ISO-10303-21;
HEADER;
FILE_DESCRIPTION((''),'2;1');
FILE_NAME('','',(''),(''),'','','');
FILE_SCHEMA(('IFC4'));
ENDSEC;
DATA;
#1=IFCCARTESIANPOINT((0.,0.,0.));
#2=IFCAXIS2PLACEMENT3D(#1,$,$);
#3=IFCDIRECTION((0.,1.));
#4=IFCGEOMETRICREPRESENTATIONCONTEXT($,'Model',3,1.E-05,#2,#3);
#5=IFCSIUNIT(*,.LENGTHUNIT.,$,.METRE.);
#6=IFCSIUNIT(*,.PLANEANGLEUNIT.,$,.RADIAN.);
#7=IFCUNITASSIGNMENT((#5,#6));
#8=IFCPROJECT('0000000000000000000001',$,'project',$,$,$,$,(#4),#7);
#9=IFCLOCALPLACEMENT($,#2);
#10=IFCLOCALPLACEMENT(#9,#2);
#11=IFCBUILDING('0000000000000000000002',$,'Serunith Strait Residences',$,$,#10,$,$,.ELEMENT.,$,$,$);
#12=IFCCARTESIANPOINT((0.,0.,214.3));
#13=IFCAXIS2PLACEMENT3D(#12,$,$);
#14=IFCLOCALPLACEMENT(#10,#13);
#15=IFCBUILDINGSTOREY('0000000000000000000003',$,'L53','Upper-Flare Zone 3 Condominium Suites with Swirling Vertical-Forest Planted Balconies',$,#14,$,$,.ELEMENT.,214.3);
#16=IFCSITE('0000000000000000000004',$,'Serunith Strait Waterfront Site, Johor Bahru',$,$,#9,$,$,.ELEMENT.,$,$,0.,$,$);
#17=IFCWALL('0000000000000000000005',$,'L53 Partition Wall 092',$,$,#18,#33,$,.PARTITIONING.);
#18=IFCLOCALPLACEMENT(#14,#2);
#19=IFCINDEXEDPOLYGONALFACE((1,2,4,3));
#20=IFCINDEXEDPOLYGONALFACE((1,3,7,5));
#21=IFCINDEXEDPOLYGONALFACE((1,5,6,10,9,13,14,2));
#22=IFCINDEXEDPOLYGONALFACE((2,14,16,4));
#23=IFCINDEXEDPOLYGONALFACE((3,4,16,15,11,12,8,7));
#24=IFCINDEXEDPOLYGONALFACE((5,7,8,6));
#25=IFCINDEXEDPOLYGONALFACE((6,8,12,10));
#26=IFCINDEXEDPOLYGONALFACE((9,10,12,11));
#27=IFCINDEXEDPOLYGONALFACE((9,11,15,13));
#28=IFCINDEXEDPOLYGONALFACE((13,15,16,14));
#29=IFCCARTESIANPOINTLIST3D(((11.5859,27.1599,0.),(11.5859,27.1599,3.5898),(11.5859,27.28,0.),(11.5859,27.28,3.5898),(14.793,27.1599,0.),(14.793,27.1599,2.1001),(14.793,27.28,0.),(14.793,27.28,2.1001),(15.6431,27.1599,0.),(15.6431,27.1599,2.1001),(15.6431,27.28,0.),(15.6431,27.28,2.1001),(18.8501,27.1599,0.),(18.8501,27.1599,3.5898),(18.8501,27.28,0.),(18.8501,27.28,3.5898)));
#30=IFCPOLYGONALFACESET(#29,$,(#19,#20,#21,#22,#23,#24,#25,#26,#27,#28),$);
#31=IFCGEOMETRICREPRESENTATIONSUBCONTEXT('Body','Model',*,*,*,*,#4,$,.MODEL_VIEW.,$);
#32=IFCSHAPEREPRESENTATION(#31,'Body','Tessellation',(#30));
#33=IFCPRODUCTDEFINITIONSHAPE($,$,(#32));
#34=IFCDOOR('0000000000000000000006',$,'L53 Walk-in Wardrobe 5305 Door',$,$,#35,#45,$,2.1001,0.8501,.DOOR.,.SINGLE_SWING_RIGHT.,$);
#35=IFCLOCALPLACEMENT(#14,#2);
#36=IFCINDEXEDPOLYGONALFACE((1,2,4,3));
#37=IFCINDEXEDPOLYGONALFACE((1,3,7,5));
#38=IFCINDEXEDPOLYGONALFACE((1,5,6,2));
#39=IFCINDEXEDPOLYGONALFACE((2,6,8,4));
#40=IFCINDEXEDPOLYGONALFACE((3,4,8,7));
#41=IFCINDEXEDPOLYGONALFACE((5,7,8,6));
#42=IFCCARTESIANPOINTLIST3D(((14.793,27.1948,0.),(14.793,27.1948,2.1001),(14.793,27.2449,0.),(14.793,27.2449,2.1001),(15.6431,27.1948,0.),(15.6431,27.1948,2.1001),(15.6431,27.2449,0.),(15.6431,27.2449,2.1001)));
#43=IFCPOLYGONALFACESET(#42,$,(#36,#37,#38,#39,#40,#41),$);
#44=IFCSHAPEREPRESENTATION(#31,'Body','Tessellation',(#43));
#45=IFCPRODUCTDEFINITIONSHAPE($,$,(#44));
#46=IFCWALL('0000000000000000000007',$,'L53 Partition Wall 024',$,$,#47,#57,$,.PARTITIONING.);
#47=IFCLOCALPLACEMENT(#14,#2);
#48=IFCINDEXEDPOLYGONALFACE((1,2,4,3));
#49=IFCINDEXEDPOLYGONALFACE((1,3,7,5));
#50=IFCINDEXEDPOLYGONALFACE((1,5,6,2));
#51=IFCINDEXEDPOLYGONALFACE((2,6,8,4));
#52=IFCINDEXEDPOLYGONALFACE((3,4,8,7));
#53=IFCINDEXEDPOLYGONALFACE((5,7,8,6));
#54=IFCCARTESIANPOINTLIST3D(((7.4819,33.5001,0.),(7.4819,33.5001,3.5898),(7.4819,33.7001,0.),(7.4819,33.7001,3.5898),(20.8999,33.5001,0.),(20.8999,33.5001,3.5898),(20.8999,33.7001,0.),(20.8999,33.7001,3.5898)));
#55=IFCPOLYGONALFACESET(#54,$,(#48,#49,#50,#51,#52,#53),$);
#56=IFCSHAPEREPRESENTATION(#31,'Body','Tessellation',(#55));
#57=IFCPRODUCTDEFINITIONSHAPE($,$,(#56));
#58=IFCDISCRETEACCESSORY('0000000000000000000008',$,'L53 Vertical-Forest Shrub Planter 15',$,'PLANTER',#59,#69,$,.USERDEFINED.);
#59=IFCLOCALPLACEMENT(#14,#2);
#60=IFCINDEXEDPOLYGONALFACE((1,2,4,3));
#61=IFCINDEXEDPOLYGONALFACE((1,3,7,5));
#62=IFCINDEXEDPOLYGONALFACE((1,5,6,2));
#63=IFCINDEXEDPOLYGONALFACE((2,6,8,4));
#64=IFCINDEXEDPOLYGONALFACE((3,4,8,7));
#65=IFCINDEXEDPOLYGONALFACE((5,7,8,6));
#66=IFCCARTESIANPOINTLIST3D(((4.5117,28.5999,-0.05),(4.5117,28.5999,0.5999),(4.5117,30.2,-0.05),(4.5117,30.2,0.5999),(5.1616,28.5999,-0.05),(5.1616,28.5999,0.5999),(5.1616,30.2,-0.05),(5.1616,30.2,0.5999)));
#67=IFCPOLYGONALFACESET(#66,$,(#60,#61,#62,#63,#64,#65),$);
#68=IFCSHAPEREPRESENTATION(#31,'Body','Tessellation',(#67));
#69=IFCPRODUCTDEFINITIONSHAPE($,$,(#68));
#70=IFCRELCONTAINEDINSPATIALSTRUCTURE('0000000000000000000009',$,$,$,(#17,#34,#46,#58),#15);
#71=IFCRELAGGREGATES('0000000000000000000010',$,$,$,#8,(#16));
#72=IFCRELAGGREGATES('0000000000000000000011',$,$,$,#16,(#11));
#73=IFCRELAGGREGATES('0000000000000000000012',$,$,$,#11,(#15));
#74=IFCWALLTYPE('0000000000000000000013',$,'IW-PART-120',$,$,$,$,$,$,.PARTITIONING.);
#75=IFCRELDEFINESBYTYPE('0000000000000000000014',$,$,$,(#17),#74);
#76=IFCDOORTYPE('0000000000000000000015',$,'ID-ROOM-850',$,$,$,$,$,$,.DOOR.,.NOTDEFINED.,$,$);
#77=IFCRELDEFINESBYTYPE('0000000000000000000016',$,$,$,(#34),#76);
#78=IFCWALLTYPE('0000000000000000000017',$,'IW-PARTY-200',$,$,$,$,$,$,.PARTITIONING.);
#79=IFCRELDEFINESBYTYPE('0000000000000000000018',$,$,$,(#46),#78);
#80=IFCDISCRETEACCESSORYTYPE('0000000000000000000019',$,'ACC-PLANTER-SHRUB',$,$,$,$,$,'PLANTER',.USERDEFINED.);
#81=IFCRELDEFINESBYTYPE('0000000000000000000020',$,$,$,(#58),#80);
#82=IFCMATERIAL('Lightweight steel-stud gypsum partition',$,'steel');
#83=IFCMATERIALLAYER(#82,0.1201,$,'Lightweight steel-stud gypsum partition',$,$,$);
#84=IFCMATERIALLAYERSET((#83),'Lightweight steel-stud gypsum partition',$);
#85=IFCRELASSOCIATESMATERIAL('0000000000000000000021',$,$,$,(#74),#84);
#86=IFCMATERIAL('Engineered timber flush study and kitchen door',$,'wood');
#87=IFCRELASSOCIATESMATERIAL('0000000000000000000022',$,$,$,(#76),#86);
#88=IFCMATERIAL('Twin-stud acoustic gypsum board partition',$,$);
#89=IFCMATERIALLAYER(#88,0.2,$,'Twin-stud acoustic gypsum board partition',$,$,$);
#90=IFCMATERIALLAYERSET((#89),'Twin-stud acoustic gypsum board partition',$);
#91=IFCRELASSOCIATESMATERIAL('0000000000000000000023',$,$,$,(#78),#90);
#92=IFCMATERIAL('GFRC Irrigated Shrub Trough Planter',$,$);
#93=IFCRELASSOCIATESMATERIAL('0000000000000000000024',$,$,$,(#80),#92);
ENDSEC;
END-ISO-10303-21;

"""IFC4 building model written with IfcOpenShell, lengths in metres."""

from ifc_helpers import new_model, si_unit, direction, frame, frame_2d, origin, origin_2d, place, context, subcontext, project, spatial, rectangle, extrude, source, transform, mapped, material, layer, layer_set, type_object, element, fill, save


model = new_model("IFC4")

# Units and contexts
model_context = context("Model", 3, precision=1e-05, world=origin(), true_north=direction((0.0, 1.0)))
body_context = subcontext(model_context, "Body", "Model", "MODEL_VIEW")
ifc_project = project(units=[si_unit("LENGTHUNIT", "METRE"), si_unit("PLANEANGLEUNIT", "RADIAN")], contexts=[model_context])

# Site, building, storey
site_placement = place(None, origin())
site = spatial("IfcSite", under=ifc_project, at=site_placement, Name="Serunith Strait Waterfront Site, Johor Bahru", CompositionType="ELEMENT", RefElevation=0.0)
building_placement = place(site_placement, origin())
building = spatial("IfcBuilding", under=site, at=building_placement, Name="Serunith Strait Residences", CompositionType="ELEMENT")
storey_placement = place(building_placement, frame((0.0, 0.0, 214.3)))
storey = spatial("IfcBuildingStorey", under=building, at=storey_placement, Name="L53", Description="Upper-Flare Zone 3 Condominium Suites with Swirling Vertical-Forest Planted Balconies", CompositionType="ELEMENT", Elevation=214.3)

# Shared definitions
ifc_material_1 = material(Name="Lightweight steel-stud gypsum partition", Category="steel")
ifc_layer_1 = layer(ifc_material_1, 0.1201, Name="Lightweight steel-stud gypsum partition")
ifc_layer_set_1 = layer_set([ifc_layer_1], Name="Lightweight steel-stud gypsum partition")
wall_type_1 = type_object("IfcWallType", Name="IW-PART-120", PredefinedType="PARTITIONING", material=ifc_layer_set_1)
ifc_material_2 = material(Name="Engineered timber flush study and kitchen door", Category="wood")
door_type_1 = type_object("IfcDoorType", Name="ID-ROOM-850", OperationType="NOTDEFINED", PredefinedType="DOOR", material=ifc_material_2)
shared_shape_1 = source(origin(), body_context, "Body", "SweptSolid", [
    extrude(rectangle(XDim=0.8501, YDim=2.1001, at=frame_2d((0.425, 1.05))), frame((0.0, 0.0249, 0.0), z_axis=(0.0, -1.0, 0.0), x_axis=(1.0, 0.0, 0.0)), (0.0, 0.0, 1.0), 0.05),
])

# Wall, opening, door
wall_1_placement = place(storey_placement, frame((11.5859, 27.22, 0.0), z_axis=(0.0, 0.0, 1.0), x_axis=(1.0, 0.0, 0.0)))
wall_1 = element("IfcWall", 1, at=wall_1_placement, inside=storey, type_object=wall_type_1, Name="L53 Partition Wall 092", PredefinedType="PARTITIONING", context=body_context, shape_type="SweptSolid", body=[
    extrude(rectangle(XDim=7.2642, YDim=0.1201, at=frame_2d((3.6321, 0.0))), origin(), (0.0, 0.0, 1.0), 3.5898),
])
opening_1_placement = place(wall_1_placement, frame((3.207, 0.0, 0.0)))
opening_1 = element("IfcOpeningElement", 2, at=opening_1_placement, cuts=wall_1, PredefinedType="OPENING", context=body_context, shape_type="SweptSolid", body=[
    extrude(rectangle(XDim=0.8501, YDim=2.1001, at=frame_2d((0.425, 1.05))), frame((0.0, 0.0701, 0.0), z_axis=(0.0, -1.0, 0.0), x_axis=(1.0, 0.0, 0.0)), (0.0, 0.0, 1.0), 0.1401),
])
door_1_placement = place(opening_1_placement, origin())
door_1 = element("IfcDoor", 3, at=door_1_placement, inside=storey, type_object=door_type_1, Name="L53 Walk-in Wardrobe 5305 Door", OperationType="SINGLE_SWING_RIGHT", OverallHeight=2.1001, OverallWidth=0.8501, PredefinedType="DOOR", context=body_context, shape_type="MappedRepresentation", body=[
    mapped(shared_shape_1, transform((0.0, 0.0, 0.0), scale=1.0)),
])
fill(opening_1, door_1)

# Wall
ifc_material_3 = material(Name="Twin-stud acoustic gypsum board partition")
ifc_layer_2 = layer(ifc_material_3, 0.2, Name="Twin-stud acoustic gypsum board partition")
ifc_layer_set_2 = layer_set([ifc_layer_2], Name="Twin-stud acoustic gypsum board partition")
wall_type_2 = type_object("IfcWallType", Name="IW-PARTY-200", PredefinedType="PARTITIONING", material=ifc_layer_set_2)
wall_2_placement = place(storey_placement, frame((7.4819, 33.6001, 0.0), z_axis=(0.0, 0.0, 1.0), x_axis=(1.0, 0.0, 0.0)))
element("IfcWall", 4, at=wall_2_placement, inside=storey, type_object=wall_type_2, Name="L53 Partition Wall 024", PredefinedType="PARTITIONING", context=body_context, shape_type="SweptSolid", body=[
    extrude(rectangle(XDim=13.418, YDim=0.2, at=frame_2d((6.709, 0.0))), origin(), (0.0, 0.0, 1.0), 3.5898),
])

# Discrete accessory
ifc_material_4 = material(Name="GFRC Irrigated Shrub Trough Planter")
discrete_accessory_type = type_object("IfcDiscreteAccessoryType", Name="ACC-PLANTER-SHRUB", ElementType="PLANTER", PredefinedType="USERDEFINED", material=ifc_material_4)
shared_shape_2 = source(origin(), body_context, "Body", "SweptSolid", [
    extrude(rectangle(XDim=1.6001, YDim=0.6499, at=origin_2d()), origin(), (0.0, 0.0, 1.0), 0.6499),
])
discrete_accessory_placement = place(storey_placement, frame((4.8367, 29.3999, -0.05), z_axis=(0.0, 0.0, 1.0), x_axis=(0.0, -1.0, 0.0)))
element("IfcDiscreteAccessory", 5, at=discrete_accessory_placement, inside=storey, type_object=discrete_accessory_type, Name="L53 Vertical-Forest Shrub Planter 15", ObjectType="PLANTER", PredefinedType="USERDEFINED", context=body_context, shape_type="MappedRepresentation", body=[
    mapped(shared_shape_2, transform((0.0, 0.0, 0.0), scale=1.0)),
])

save(model, "model.ifc")
